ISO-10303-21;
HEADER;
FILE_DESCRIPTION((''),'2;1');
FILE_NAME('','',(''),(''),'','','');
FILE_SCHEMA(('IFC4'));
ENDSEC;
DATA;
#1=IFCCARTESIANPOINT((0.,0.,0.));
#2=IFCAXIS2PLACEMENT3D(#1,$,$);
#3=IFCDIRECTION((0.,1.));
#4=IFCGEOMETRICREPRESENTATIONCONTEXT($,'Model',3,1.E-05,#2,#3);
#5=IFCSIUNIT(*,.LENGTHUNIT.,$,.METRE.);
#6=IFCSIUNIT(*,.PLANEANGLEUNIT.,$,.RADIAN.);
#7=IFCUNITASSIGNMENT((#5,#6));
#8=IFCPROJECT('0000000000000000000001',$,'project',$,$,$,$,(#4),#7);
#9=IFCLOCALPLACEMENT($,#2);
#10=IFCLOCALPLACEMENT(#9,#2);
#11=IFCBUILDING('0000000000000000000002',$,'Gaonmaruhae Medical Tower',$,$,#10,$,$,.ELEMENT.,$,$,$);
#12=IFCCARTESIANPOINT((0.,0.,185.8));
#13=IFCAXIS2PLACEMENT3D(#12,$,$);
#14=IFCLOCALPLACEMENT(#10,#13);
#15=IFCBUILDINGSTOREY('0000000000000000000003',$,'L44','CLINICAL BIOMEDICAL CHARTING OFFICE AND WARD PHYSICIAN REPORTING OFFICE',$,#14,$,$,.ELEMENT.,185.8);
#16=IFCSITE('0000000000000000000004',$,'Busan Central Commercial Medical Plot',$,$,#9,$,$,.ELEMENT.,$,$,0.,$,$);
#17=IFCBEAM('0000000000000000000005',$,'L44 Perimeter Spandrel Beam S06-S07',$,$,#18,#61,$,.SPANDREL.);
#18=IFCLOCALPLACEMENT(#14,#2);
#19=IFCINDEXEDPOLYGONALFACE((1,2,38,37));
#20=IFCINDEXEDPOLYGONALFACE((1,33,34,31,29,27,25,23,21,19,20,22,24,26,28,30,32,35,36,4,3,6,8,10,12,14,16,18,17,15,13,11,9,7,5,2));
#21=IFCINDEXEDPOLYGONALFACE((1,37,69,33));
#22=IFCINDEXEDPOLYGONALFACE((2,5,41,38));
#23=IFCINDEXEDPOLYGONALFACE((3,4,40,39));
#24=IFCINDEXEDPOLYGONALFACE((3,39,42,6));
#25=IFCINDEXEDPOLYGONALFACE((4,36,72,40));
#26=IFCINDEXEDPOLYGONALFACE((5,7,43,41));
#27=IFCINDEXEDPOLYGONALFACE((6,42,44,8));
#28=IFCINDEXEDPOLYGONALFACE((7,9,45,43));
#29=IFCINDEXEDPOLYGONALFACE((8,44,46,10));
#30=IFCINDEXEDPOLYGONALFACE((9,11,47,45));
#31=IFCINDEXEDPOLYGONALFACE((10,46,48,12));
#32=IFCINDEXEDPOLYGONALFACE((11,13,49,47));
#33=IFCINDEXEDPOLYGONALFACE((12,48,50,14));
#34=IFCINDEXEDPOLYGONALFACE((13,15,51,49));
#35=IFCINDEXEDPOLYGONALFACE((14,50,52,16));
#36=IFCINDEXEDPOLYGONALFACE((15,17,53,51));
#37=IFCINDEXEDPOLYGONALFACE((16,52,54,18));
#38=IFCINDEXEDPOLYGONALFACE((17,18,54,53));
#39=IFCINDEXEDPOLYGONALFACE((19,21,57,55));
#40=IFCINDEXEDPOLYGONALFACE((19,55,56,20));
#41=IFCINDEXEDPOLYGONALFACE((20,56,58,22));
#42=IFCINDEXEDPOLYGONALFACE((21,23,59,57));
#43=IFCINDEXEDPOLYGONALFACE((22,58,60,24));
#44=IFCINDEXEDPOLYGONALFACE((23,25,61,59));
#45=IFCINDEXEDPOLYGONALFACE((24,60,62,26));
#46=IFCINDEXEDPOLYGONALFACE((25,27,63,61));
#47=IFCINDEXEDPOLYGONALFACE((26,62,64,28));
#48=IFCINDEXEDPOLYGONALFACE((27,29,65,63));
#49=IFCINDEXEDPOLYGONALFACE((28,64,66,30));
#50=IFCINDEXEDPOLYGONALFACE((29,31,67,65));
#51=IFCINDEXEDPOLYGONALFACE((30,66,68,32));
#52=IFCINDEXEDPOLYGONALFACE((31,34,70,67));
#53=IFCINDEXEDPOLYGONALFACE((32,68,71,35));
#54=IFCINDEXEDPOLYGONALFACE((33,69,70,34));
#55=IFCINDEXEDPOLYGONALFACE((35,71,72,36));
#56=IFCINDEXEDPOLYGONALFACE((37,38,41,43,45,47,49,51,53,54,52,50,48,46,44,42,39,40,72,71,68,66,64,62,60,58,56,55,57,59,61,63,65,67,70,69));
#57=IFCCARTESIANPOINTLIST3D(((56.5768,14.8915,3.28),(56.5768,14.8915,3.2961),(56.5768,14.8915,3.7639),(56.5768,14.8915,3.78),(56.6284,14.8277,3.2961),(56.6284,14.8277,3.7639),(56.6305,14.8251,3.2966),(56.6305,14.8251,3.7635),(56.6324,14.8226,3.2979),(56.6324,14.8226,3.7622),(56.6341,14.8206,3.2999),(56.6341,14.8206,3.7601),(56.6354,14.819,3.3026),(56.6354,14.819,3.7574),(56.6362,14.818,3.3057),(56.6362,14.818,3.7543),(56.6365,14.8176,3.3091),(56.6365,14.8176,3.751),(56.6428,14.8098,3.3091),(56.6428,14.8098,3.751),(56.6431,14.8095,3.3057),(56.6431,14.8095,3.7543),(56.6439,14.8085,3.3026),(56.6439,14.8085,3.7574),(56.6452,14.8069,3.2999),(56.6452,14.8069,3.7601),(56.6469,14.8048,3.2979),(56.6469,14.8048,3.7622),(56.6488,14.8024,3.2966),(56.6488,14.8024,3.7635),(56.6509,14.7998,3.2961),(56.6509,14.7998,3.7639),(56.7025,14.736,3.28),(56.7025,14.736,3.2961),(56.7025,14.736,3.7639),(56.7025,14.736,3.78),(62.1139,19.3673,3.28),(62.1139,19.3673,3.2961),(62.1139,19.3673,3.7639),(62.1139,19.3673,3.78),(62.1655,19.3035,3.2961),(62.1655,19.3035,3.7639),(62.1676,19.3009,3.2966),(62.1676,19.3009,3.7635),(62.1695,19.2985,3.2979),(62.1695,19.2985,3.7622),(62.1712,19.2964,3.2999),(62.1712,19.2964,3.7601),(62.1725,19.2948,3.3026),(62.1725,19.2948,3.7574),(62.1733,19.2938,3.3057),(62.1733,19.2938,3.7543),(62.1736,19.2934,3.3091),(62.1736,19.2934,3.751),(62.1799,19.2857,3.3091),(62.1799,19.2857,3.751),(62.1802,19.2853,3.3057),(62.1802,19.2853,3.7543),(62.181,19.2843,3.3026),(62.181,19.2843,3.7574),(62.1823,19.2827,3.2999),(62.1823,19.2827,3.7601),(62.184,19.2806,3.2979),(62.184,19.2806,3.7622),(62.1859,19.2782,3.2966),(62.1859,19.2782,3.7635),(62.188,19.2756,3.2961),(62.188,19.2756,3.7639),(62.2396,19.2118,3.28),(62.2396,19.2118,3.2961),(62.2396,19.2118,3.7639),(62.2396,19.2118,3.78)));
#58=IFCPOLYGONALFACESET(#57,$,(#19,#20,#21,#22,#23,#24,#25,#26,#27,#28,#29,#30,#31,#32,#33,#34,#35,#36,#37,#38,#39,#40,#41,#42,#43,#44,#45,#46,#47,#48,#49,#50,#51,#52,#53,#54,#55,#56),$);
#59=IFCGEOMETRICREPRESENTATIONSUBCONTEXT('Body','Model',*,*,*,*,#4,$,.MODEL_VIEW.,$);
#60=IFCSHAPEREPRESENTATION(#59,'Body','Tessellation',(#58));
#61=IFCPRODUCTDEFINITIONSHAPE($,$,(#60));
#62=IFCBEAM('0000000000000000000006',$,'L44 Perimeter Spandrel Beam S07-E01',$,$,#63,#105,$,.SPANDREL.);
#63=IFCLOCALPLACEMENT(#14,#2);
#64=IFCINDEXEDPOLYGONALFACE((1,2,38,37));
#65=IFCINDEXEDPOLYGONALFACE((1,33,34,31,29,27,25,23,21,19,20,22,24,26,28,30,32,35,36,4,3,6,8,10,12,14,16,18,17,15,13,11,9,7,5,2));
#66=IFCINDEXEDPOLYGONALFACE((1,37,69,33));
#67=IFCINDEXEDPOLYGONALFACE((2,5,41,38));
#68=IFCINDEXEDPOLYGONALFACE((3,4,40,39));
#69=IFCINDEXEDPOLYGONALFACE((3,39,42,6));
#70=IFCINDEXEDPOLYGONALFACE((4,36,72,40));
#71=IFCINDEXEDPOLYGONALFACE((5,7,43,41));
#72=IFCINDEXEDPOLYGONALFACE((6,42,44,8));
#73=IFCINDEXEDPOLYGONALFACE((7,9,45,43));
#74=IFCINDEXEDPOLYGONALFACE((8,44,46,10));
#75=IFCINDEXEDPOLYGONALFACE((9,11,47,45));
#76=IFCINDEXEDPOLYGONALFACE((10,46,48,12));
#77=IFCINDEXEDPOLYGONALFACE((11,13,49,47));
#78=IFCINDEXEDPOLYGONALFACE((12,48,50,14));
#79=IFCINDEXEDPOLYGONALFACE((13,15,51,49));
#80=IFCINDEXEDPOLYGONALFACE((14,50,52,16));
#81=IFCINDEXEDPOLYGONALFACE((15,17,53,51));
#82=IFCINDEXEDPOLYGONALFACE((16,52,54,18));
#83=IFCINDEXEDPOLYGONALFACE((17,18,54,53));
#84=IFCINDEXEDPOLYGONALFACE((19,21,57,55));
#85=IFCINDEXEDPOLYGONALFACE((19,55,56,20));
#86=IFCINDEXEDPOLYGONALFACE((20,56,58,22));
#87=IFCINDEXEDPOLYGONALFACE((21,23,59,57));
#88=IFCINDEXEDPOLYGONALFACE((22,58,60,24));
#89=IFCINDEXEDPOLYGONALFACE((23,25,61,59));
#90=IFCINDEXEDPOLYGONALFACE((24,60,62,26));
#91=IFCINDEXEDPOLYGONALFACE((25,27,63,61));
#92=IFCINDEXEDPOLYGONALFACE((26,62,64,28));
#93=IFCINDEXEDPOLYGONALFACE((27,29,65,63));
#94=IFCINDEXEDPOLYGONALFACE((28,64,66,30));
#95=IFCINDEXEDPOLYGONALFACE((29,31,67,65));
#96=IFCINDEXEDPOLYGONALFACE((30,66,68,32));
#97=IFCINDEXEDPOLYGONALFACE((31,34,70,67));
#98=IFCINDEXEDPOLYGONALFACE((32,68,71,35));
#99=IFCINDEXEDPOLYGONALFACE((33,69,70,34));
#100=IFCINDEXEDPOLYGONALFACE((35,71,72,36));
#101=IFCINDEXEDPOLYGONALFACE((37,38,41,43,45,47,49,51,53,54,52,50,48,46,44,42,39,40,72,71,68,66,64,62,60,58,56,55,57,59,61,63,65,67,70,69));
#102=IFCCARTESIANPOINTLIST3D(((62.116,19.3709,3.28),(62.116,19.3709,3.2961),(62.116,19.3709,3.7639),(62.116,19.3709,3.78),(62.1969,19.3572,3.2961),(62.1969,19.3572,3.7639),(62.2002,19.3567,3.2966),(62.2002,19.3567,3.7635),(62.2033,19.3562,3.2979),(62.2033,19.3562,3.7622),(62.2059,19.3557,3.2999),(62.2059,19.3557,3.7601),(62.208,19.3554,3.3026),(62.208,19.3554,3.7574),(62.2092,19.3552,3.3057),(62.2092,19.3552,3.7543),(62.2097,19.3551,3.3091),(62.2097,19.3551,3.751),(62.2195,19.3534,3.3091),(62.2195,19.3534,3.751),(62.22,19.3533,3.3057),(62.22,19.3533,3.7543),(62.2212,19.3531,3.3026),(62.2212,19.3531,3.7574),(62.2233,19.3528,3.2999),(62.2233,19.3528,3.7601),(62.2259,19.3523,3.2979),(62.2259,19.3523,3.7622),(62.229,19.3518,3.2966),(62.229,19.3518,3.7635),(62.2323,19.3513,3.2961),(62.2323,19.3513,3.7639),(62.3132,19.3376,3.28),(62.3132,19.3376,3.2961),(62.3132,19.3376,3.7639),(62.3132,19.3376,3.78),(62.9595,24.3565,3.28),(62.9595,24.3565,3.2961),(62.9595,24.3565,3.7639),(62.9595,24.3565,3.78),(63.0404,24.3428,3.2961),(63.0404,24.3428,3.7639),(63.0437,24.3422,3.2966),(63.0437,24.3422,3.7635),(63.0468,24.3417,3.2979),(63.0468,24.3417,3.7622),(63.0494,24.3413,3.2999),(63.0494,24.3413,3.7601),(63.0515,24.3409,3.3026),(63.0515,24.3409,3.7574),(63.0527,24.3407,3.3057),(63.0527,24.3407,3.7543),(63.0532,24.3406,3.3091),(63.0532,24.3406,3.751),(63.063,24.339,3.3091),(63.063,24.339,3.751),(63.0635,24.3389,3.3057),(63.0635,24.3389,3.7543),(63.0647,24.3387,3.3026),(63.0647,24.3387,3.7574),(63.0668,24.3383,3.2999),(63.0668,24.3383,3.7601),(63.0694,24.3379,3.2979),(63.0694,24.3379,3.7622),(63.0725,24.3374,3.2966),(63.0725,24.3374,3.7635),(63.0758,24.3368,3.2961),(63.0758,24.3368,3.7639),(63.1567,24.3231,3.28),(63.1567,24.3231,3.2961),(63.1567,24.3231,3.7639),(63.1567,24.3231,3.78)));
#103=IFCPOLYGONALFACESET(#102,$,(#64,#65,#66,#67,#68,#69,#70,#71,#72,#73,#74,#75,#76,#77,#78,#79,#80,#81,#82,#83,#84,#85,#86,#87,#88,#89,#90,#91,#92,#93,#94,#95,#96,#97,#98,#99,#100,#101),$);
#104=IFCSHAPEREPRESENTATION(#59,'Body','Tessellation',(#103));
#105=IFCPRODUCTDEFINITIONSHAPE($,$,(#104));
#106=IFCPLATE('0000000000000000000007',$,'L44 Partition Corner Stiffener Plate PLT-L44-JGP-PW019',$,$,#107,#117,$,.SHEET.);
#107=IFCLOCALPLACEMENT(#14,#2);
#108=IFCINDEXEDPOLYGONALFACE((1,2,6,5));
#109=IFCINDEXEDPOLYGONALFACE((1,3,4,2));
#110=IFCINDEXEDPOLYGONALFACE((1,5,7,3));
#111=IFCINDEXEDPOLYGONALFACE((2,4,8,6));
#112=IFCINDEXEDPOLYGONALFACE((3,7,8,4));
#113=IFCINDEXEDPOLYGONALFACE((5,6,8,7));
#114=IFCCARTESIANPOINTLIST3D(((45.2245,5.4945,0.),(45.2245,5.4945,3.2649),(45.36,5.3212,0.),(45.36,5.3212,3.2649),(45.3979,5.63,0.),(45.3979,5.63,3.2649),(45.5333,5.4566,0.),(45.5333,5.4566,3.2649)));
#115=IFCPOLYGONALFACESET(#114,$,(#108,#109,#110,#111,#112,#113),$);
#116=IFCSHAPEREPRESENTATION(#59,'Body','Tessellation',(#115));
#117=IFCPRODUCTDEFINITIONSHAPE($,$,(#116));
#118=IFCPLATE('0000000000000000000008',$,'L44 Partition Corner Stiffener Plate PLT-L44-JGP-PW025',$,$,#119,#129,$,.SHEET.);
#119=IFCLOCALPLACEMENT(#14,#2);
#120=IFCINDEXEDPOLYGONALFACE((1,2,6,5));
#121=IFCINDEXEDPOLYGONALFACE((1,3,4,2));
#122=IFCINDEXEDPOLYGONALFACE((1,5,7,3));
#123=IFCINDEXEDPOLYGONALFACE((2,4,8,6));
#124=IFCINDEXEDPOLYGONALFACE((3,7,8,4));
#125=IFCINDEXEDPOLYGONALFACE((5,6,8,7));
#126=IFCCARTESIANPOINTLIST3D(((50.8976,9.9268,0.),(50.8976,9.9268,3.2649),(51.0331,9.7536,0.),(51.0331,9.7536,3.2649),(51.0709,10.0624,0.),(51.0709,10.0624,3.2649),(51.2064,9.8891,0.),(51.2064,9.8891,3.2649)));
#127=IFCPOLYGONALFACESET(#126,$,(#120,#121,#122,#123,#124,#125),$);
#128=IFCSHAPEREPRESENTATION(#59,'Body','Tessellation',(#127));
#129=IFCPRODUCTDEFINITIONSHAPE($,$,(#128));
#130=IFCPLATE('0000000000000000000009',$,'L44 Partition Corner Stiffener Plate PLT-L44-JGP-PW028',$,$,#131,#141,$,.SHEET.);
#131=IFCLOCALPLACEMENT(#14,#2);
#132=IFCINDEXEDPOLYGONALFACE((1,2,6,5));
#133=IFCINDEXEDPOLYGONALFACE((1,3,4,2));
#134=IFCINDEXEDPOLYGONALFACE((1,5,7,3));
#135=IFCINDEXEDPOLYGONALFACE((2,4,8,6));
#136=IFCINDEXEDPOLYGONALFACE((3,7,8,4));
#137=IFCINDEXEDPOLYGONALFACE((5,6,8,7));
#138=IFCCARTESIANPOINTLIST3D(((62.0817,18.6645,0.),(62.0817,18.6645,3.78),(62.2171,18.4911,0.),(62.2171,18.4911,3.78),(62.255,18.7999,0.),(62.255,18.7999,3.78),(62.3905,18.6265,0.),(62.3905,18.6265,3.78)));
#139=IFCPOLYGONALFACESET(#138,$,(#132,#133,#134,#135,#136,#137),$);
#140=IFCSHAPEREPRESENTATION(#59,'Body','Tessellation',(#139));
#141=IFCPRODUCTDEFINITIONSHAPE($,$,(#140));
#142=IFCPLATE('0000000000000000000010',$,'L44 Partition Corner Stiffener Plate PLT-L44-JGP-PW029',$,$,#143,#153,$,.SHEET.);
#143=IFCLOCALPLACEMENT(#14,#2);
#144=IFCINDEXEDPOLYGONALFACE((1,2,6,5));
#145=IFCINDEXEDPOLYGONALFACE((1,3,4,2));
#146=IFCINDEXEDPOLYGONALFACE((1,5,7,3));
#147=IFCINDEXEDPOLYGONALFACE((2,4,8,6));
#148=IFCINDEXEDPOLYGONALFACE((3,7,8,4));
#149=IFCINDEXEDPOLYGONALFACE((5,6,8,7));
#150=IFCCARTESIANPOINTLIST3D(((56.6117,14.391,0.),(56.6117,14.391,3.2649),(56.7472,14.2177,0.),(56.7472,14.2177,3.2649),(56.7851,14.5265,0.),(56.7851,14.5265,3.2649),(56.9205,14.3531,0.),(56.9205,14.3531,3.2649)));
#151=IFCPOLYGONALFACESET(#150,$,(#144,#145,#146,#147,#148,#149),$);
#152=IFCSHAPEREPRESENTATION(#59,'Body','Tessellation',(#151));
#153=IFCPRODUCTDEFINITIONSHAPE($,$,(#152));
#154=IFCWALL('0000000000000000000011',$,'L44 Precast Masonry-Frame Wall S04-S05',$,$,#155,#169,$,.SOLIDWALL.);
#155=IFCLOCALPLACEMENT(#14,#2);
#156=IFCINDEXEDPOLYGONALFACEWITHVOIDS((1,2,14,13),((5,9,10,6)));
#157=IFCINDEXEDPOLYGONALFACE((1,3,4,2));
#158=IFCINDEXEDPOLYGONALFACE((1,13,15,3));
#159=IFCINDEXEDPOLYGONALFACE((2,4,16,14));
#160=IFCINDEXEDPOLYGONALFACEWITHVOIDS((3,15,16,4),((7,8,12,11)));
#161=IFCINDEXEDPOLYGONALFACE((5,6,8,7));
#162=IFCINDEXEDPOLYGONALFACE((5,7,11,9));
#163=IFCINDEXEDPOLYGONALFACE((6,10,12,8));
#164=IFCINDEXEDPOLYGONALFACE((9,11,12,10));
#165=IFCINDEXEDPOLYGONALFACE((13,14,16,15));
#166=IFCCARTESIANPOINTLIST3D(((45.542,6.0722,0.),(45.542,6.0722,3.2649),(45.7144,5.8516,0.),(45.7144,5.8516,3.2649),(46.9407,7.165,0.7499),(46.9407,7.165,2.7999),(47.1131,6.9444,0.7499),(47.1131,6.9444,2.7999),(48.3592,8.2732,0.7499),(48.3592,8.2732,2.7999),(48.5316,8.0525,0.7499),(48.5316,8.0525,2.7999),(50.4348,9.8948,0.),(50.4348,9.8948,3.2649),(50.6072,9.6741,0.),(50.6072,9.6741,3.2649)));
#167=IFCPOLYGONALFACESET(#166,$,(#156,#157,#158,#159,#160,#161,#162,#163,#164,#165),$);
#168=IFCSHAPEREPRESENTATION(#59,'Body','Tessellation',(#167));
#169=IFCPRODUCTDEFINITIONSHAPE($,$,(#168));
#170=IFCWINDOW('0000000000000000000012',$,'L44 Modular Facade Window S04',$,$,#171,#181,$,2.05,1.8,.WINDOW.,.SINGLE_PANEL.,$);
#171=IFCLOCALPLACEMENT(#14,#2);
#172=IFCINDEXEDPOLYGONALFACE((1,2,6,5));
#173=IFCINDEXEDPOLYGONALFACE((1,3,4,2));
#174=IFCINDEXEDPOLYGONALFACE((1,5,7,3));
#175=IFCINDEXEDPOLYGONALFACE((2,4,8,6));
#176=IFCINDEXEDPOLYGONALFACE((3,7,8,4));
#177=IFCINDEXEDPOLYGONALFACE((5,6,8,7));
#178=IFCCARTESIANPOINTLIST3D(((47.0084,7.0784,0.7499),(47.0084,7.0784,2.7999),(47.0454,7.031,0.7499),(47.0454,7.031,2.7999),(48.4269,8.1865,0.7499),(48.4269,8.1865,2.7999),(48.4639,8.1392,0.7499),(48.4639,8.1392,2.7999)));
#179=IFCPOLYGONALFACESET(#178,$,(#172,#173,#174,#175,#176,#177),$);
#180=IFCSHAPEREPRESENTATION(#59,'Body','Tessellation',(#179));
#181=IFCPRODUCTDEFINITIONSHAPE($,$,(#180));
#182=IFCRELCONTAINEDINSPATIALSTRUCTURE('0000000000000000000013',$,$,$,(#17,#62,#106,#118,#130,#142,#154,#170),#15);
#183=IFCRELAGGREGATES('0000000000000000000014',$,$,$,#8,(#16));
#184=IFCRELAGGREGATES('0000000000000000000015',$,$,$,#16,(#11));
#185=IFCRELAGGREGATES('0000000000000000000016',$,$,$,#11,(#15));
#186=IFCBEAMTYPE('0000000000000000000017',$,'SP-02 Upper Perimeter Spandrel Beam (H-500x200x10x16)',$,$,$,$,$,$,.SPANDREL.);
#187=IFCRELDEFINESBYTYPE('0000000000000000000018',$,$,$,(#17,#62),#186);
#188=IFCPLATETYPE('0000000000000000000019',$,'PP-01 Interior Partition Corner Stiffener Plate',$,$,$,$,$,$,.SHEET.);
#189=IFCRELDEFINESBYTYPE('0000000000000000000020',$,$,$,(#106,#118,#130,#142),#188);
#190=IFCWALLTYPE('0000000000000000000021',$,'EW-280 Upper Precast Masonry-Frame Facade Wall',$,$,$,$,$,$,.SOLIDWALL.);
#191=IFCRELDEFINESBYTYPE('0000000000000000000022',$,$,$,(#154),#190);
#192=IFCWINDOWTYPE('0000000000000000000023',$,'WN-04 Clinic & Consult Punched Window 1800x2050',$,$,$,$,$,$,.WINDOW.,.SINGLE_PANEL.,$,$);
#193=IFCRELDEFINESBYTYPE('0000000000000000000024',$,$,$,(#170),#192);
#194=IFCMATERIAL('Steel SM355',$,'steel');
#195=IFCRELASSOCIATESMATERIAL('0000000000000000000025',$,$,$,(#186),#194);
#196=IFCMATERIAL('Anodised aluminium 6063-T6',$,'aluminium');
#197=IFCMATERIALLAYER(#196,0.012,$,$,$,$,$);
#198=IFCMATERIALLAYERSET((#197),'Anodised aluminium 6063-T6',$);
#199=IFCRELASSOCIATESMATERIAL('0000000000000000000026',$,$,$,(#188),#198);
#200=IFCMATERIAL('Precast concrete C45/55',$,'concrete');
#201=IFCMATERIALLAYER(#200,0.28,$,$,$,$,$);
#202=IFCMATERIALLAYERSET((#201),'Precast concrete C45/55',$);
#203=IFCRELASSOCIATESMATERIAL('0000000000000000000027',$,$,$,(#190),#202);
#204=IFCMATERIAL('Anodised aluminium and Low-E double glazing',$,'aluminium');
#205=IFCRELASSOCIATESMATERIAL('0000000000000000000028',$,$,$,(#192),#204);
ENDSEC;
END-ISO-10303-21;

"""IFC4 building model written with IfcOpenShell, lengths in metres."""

from ifc_helpers import new_model, si_unit, direction, frame, frame_2d, origin, origin_2d, place, context, subcontext, project, spatial, rectangle, i_section, extrude, material, layer, layer_set, material_profile, profile_set, type_object, element, fill, save


model = new_model("IFC4")

# Units and contexts
model_context = context("Model", 3, precision=1e-05, world=origin(), true_north=direction((0.0, 1.0)))
body_context = subcontext(model_context, "Body", "Model", "MODEL_VIEW")
ifc_project = project(units=[si_unit("LENGTHUNIT", "METRE"), si_unit("PLANEANGLEUNIT", "RADIAN")], contexts=[model_context])

# Site, building, storey
site_placement = place(None, origin())
site = spatial("IfcSite", under=ifc_project, at=site_placement, Name="Busan Central Commercial Medical Plot", CompositionType="ELEMENT", RefElevation=0.0)
building_placement = place(site_placement, origin())
building = spatial("IfcBuilding", under=site, at=building_placement, Name="Gaonmaruhae Medical Tower", CompositionType="ELEMENT")
storey_placement = place(building_placement, frame((0.0, 0.0, 185.8)))
storey = spatial("IfcBuildingStorey", under=building, at=storey_placement, Name="L44", Description="CLINICAL BIOMEDICAL CHARTING OFFICE AND WARD PHYSICIAN REPORTING OFFICE", CompositionType="ELEMENT", Elevation=185.8)

# Beams
ifc_material_1 = material(Name="Steel SM355", Category="steel")
ifc_material_profile_1 = material_profile(ifc_material_1, i_section(OverallWidth=0.2, OverallDepth=0.5, WebThickness=0.01, FlangeThickness=0.0161, FilletRadius=0.0129, at=origin_2d()), Name="H-500x200x10x16")
ifc_profile_set_1 = profile_set([ifc_material_profile_1], Name="Steel SM355")
beam_type_1 = type_object("IfcBeamType", Name="SP-02 Upper Perimeter Spandrel Beam (H-500x200x10x16)", PredefinedType="SPANDREL", material=ifc_profile_set_1)
beam_1_placement = place(storey_placement, frame((56.6396, 14.8137, 3.53), z_axis=(0.777697, 0.628639, 0.0), x_axis=(-0.628639, 0.777697, 0.0)))
element("IfcBeam", 1, at=beam_1_placement, inside=storey, type_object=beam_type_1, Name="L44 Perimeter Spandrel Beam S06-S07", PredefinedType="SPANDREL", context=body_context, shape_type="SweptSolid", body=[
    extrude(i_section(OverallWidth=0.2, OverallDepth=0.5, WebThickness=0.01, FlangeThickness=0.0161, FilletRadius=0.0129, at=origin_2d()), origin(), (0.0, 0.0, 1.0), 7.1199),
])
beam_2_placement = place(storey_placement, frame((62.2146, 19.3542, 3.53), z_axis=(0.166818, 0.985988, 0.0), x_axis=(-0.985988, 0.166818, 0.0)))
element("IfcBeam", 2, at=beam_2_placement, inside=storey, type_object=beam_type_1, Name="L44 Perimeter Spandrel Beam S07-E01", PredefinedType="SPANDREL", context=body_context, shape_type="SweptSolid", body=[
    extrude(i_section(OverallWidth=0.2, OverallDepth=0.5, WebThickness=0.01, FlangeThickness=0.0161, FilletRadius=0.0129, at=origin_2d()), origin(), (0.0, 0.0, 1.0), 5.0564),
])

# Plates
ifc_material_2 = material(Name="Anodised aluminium 6063-T6", Category="aluminium")
ifc_layer_1 = layer(ifc_material_2, 0.012)
ifc_layer_set_1 = layer_set([ifc_layer_1], Name="Anodised aluminium 6063-T6")
plate_type = type_object("IfcPlateType", Name="PP-01 Interior Partition Corner Stiffener Plate", PredefinedType="SHEET", material=ifc_layer_set_1)
for number, where, z_axis, x_axis, name in (
    (3, (45.3789, 5.4756, 0.0), (0.0, 0.0, 1.0), (-0.787989, -0.615689, 0.0), "L44 Partition Corner Stiffener Plate PLT-L44-JGP-PW019"),
    (4, (51.052, 9.908, 0.0), (0.0, 0.0, 1.0), (-0.787721, -0.616033, 0.0), "L44 Partition Corner Stiffener Plate PLT-L44-JGP-PW025"),
):
    element("IfcPlate", number, at=place(storey_placement, frame(where, z_axis=z_axis, x_axis=x_axis)), inside=storey, type_object=plate_type, Name=name, PredefinedType="SHEET", context=body_context, shape_type="SweptSolid", body=[
        extrude(rectangle(XDim=0.22, YDim=0.22, at=origin_2d()), origin(), (0.0, 0.0, 1.0), 3.2649),
    ])
plate_1_placement = place(storey_placement, frame((62.2361, 18.6455, 0.0), z_axis=(0.0, 0.0, 1.0), x_axis=(-0.788021, -0.615648, 0.0)))
element("IfcPlate", 5, at=plate_1_placement, inside=storey, type_object=plate_type, Name="L44 Partition Corner Stiffener Plate PLT-L44-JGP-PW028", PredefinedType="SHEET", context=body_context, shape_type="SweptSolid", body=[
    extrude(rectangle(XDim=0.22, YDim=0.22, at=origin_2d()), origin(), (0.0, 0.0, 1.0), 3.78),
])
plate_2_placement = place(storey_placement, frame((56.7661, 14.3721, 0.0), z_axis=(0.0, 0.0, 1.0), x_axis=(-0.787989, -0.615689, 0.0)))
element("IfcPlate", 6, at=plate_2_placement, inside=storey, type_object=plate_type, Name="L44 Partition Corner Stiffener Plate PLT-L44-JGP-PW029", PredefinedType="SHEET", context=body_context, shape_type="SweptSolid", body=[
    extrude(rectangle(XDim=0.22, YDim=0.22, at=origin_2d()), origin(), (0.0, 0.0, 1.0), 3.2649),
])

# Wall, opening, window
ifc_material_3 = material(Name="Precast concrete C45/55", Category="concrete")
ifc_layer_2 = layer(ifc_material_3, 0.28)
ifc_layer_set_2 = layer_set([ifc_layer_2], Name="Precast concrete C45/55")
wall_type_1 = type_object("IfcWallType", Name="EW-280 Upper Precast Masonry-Frame Facade Wall", PredefinedType="SOLIDWALL", material=ifc_layer_set_2)
wall_1_placement = place(storey_placement, frame((50.521, 9.7844, 0.0), z_axis=(0.0, 0.0, 1.0), x_axis=(-0.788025, -0.615643, 0.0)))
wall_1 = element("IfcWall", 7, at=wall_1_placement, inside=storey, type_object=wall_type_1, Name="L44 Precast Masonry-Frame Wall S04-S05", PredefinedType="SOLIDWALL", context=body_context, shape_type="SweptSolid", body=[
    extrude(rectangle(XDim=6.209, YDim=0.28, at=frame_2d((3.1045, 0.0))), origin(), (0.0, 0.0, 1.0), 3.2649),
])
opening_1_placement = place(wall_1_placement, frame((2.634, 0.0, 0.75)))
opening_1 = element("IfcOpeningElement", 8, at=opening_1_placement, cuts=wall_1, PredefinedType="OPENING", context=body_context, shape_type="SweptSolid", body=[
    extrude(rectangle(XDim=1.8, YDim=2.05, at=frame_2d((0.8999, 1.0249))), frame((0.0, 0.1499, 0.0), z_axis=(0.0, -1.0, 0.0), x_axis=(1.0, 0.0, 0.0)), (0.0, 0.0, 1.0), 0.3),
])
ifc_material_4 = material(Name="Anodised aluminium and Low-E double glazing", Category="aluminium")
window_type_1 = type_object("IfcWindowType", Name="WN-04 Clinic & Consult Punched Window 1800x2050", PartitioningType="SINGLE_PANEL", PredefinedType="WINDOW", material=ifc_material_4)
window_1_placement = place(opening_1_placement, origin())
window_1 = element("IfcWindow", 9, at=window_1_placement, inside=storey, type_object=window_type_1, Name="L44 Modular Facade Window S04", OverallHeight=2.05, OverallWidth=1.8, PartitioningType="SINGLE_PANEL", PredefinedType="WINDOW", context=body_context, shape_type="SweptSolid", body=[
    extrude(rectangle(XDim=1.8, YDim=2.05, at=frame_2d((0.8999, 1.0249))), frame((0.0, 0.03, 0.0), z_axis=(0.0, -1.0, 0.0), x_axis=(1.0, 0.0, 0.0)), (0.0, 0.0, 1.0), 0.0601),
])
fill(opening_1, window_1)

save(model, "model.ifc")
